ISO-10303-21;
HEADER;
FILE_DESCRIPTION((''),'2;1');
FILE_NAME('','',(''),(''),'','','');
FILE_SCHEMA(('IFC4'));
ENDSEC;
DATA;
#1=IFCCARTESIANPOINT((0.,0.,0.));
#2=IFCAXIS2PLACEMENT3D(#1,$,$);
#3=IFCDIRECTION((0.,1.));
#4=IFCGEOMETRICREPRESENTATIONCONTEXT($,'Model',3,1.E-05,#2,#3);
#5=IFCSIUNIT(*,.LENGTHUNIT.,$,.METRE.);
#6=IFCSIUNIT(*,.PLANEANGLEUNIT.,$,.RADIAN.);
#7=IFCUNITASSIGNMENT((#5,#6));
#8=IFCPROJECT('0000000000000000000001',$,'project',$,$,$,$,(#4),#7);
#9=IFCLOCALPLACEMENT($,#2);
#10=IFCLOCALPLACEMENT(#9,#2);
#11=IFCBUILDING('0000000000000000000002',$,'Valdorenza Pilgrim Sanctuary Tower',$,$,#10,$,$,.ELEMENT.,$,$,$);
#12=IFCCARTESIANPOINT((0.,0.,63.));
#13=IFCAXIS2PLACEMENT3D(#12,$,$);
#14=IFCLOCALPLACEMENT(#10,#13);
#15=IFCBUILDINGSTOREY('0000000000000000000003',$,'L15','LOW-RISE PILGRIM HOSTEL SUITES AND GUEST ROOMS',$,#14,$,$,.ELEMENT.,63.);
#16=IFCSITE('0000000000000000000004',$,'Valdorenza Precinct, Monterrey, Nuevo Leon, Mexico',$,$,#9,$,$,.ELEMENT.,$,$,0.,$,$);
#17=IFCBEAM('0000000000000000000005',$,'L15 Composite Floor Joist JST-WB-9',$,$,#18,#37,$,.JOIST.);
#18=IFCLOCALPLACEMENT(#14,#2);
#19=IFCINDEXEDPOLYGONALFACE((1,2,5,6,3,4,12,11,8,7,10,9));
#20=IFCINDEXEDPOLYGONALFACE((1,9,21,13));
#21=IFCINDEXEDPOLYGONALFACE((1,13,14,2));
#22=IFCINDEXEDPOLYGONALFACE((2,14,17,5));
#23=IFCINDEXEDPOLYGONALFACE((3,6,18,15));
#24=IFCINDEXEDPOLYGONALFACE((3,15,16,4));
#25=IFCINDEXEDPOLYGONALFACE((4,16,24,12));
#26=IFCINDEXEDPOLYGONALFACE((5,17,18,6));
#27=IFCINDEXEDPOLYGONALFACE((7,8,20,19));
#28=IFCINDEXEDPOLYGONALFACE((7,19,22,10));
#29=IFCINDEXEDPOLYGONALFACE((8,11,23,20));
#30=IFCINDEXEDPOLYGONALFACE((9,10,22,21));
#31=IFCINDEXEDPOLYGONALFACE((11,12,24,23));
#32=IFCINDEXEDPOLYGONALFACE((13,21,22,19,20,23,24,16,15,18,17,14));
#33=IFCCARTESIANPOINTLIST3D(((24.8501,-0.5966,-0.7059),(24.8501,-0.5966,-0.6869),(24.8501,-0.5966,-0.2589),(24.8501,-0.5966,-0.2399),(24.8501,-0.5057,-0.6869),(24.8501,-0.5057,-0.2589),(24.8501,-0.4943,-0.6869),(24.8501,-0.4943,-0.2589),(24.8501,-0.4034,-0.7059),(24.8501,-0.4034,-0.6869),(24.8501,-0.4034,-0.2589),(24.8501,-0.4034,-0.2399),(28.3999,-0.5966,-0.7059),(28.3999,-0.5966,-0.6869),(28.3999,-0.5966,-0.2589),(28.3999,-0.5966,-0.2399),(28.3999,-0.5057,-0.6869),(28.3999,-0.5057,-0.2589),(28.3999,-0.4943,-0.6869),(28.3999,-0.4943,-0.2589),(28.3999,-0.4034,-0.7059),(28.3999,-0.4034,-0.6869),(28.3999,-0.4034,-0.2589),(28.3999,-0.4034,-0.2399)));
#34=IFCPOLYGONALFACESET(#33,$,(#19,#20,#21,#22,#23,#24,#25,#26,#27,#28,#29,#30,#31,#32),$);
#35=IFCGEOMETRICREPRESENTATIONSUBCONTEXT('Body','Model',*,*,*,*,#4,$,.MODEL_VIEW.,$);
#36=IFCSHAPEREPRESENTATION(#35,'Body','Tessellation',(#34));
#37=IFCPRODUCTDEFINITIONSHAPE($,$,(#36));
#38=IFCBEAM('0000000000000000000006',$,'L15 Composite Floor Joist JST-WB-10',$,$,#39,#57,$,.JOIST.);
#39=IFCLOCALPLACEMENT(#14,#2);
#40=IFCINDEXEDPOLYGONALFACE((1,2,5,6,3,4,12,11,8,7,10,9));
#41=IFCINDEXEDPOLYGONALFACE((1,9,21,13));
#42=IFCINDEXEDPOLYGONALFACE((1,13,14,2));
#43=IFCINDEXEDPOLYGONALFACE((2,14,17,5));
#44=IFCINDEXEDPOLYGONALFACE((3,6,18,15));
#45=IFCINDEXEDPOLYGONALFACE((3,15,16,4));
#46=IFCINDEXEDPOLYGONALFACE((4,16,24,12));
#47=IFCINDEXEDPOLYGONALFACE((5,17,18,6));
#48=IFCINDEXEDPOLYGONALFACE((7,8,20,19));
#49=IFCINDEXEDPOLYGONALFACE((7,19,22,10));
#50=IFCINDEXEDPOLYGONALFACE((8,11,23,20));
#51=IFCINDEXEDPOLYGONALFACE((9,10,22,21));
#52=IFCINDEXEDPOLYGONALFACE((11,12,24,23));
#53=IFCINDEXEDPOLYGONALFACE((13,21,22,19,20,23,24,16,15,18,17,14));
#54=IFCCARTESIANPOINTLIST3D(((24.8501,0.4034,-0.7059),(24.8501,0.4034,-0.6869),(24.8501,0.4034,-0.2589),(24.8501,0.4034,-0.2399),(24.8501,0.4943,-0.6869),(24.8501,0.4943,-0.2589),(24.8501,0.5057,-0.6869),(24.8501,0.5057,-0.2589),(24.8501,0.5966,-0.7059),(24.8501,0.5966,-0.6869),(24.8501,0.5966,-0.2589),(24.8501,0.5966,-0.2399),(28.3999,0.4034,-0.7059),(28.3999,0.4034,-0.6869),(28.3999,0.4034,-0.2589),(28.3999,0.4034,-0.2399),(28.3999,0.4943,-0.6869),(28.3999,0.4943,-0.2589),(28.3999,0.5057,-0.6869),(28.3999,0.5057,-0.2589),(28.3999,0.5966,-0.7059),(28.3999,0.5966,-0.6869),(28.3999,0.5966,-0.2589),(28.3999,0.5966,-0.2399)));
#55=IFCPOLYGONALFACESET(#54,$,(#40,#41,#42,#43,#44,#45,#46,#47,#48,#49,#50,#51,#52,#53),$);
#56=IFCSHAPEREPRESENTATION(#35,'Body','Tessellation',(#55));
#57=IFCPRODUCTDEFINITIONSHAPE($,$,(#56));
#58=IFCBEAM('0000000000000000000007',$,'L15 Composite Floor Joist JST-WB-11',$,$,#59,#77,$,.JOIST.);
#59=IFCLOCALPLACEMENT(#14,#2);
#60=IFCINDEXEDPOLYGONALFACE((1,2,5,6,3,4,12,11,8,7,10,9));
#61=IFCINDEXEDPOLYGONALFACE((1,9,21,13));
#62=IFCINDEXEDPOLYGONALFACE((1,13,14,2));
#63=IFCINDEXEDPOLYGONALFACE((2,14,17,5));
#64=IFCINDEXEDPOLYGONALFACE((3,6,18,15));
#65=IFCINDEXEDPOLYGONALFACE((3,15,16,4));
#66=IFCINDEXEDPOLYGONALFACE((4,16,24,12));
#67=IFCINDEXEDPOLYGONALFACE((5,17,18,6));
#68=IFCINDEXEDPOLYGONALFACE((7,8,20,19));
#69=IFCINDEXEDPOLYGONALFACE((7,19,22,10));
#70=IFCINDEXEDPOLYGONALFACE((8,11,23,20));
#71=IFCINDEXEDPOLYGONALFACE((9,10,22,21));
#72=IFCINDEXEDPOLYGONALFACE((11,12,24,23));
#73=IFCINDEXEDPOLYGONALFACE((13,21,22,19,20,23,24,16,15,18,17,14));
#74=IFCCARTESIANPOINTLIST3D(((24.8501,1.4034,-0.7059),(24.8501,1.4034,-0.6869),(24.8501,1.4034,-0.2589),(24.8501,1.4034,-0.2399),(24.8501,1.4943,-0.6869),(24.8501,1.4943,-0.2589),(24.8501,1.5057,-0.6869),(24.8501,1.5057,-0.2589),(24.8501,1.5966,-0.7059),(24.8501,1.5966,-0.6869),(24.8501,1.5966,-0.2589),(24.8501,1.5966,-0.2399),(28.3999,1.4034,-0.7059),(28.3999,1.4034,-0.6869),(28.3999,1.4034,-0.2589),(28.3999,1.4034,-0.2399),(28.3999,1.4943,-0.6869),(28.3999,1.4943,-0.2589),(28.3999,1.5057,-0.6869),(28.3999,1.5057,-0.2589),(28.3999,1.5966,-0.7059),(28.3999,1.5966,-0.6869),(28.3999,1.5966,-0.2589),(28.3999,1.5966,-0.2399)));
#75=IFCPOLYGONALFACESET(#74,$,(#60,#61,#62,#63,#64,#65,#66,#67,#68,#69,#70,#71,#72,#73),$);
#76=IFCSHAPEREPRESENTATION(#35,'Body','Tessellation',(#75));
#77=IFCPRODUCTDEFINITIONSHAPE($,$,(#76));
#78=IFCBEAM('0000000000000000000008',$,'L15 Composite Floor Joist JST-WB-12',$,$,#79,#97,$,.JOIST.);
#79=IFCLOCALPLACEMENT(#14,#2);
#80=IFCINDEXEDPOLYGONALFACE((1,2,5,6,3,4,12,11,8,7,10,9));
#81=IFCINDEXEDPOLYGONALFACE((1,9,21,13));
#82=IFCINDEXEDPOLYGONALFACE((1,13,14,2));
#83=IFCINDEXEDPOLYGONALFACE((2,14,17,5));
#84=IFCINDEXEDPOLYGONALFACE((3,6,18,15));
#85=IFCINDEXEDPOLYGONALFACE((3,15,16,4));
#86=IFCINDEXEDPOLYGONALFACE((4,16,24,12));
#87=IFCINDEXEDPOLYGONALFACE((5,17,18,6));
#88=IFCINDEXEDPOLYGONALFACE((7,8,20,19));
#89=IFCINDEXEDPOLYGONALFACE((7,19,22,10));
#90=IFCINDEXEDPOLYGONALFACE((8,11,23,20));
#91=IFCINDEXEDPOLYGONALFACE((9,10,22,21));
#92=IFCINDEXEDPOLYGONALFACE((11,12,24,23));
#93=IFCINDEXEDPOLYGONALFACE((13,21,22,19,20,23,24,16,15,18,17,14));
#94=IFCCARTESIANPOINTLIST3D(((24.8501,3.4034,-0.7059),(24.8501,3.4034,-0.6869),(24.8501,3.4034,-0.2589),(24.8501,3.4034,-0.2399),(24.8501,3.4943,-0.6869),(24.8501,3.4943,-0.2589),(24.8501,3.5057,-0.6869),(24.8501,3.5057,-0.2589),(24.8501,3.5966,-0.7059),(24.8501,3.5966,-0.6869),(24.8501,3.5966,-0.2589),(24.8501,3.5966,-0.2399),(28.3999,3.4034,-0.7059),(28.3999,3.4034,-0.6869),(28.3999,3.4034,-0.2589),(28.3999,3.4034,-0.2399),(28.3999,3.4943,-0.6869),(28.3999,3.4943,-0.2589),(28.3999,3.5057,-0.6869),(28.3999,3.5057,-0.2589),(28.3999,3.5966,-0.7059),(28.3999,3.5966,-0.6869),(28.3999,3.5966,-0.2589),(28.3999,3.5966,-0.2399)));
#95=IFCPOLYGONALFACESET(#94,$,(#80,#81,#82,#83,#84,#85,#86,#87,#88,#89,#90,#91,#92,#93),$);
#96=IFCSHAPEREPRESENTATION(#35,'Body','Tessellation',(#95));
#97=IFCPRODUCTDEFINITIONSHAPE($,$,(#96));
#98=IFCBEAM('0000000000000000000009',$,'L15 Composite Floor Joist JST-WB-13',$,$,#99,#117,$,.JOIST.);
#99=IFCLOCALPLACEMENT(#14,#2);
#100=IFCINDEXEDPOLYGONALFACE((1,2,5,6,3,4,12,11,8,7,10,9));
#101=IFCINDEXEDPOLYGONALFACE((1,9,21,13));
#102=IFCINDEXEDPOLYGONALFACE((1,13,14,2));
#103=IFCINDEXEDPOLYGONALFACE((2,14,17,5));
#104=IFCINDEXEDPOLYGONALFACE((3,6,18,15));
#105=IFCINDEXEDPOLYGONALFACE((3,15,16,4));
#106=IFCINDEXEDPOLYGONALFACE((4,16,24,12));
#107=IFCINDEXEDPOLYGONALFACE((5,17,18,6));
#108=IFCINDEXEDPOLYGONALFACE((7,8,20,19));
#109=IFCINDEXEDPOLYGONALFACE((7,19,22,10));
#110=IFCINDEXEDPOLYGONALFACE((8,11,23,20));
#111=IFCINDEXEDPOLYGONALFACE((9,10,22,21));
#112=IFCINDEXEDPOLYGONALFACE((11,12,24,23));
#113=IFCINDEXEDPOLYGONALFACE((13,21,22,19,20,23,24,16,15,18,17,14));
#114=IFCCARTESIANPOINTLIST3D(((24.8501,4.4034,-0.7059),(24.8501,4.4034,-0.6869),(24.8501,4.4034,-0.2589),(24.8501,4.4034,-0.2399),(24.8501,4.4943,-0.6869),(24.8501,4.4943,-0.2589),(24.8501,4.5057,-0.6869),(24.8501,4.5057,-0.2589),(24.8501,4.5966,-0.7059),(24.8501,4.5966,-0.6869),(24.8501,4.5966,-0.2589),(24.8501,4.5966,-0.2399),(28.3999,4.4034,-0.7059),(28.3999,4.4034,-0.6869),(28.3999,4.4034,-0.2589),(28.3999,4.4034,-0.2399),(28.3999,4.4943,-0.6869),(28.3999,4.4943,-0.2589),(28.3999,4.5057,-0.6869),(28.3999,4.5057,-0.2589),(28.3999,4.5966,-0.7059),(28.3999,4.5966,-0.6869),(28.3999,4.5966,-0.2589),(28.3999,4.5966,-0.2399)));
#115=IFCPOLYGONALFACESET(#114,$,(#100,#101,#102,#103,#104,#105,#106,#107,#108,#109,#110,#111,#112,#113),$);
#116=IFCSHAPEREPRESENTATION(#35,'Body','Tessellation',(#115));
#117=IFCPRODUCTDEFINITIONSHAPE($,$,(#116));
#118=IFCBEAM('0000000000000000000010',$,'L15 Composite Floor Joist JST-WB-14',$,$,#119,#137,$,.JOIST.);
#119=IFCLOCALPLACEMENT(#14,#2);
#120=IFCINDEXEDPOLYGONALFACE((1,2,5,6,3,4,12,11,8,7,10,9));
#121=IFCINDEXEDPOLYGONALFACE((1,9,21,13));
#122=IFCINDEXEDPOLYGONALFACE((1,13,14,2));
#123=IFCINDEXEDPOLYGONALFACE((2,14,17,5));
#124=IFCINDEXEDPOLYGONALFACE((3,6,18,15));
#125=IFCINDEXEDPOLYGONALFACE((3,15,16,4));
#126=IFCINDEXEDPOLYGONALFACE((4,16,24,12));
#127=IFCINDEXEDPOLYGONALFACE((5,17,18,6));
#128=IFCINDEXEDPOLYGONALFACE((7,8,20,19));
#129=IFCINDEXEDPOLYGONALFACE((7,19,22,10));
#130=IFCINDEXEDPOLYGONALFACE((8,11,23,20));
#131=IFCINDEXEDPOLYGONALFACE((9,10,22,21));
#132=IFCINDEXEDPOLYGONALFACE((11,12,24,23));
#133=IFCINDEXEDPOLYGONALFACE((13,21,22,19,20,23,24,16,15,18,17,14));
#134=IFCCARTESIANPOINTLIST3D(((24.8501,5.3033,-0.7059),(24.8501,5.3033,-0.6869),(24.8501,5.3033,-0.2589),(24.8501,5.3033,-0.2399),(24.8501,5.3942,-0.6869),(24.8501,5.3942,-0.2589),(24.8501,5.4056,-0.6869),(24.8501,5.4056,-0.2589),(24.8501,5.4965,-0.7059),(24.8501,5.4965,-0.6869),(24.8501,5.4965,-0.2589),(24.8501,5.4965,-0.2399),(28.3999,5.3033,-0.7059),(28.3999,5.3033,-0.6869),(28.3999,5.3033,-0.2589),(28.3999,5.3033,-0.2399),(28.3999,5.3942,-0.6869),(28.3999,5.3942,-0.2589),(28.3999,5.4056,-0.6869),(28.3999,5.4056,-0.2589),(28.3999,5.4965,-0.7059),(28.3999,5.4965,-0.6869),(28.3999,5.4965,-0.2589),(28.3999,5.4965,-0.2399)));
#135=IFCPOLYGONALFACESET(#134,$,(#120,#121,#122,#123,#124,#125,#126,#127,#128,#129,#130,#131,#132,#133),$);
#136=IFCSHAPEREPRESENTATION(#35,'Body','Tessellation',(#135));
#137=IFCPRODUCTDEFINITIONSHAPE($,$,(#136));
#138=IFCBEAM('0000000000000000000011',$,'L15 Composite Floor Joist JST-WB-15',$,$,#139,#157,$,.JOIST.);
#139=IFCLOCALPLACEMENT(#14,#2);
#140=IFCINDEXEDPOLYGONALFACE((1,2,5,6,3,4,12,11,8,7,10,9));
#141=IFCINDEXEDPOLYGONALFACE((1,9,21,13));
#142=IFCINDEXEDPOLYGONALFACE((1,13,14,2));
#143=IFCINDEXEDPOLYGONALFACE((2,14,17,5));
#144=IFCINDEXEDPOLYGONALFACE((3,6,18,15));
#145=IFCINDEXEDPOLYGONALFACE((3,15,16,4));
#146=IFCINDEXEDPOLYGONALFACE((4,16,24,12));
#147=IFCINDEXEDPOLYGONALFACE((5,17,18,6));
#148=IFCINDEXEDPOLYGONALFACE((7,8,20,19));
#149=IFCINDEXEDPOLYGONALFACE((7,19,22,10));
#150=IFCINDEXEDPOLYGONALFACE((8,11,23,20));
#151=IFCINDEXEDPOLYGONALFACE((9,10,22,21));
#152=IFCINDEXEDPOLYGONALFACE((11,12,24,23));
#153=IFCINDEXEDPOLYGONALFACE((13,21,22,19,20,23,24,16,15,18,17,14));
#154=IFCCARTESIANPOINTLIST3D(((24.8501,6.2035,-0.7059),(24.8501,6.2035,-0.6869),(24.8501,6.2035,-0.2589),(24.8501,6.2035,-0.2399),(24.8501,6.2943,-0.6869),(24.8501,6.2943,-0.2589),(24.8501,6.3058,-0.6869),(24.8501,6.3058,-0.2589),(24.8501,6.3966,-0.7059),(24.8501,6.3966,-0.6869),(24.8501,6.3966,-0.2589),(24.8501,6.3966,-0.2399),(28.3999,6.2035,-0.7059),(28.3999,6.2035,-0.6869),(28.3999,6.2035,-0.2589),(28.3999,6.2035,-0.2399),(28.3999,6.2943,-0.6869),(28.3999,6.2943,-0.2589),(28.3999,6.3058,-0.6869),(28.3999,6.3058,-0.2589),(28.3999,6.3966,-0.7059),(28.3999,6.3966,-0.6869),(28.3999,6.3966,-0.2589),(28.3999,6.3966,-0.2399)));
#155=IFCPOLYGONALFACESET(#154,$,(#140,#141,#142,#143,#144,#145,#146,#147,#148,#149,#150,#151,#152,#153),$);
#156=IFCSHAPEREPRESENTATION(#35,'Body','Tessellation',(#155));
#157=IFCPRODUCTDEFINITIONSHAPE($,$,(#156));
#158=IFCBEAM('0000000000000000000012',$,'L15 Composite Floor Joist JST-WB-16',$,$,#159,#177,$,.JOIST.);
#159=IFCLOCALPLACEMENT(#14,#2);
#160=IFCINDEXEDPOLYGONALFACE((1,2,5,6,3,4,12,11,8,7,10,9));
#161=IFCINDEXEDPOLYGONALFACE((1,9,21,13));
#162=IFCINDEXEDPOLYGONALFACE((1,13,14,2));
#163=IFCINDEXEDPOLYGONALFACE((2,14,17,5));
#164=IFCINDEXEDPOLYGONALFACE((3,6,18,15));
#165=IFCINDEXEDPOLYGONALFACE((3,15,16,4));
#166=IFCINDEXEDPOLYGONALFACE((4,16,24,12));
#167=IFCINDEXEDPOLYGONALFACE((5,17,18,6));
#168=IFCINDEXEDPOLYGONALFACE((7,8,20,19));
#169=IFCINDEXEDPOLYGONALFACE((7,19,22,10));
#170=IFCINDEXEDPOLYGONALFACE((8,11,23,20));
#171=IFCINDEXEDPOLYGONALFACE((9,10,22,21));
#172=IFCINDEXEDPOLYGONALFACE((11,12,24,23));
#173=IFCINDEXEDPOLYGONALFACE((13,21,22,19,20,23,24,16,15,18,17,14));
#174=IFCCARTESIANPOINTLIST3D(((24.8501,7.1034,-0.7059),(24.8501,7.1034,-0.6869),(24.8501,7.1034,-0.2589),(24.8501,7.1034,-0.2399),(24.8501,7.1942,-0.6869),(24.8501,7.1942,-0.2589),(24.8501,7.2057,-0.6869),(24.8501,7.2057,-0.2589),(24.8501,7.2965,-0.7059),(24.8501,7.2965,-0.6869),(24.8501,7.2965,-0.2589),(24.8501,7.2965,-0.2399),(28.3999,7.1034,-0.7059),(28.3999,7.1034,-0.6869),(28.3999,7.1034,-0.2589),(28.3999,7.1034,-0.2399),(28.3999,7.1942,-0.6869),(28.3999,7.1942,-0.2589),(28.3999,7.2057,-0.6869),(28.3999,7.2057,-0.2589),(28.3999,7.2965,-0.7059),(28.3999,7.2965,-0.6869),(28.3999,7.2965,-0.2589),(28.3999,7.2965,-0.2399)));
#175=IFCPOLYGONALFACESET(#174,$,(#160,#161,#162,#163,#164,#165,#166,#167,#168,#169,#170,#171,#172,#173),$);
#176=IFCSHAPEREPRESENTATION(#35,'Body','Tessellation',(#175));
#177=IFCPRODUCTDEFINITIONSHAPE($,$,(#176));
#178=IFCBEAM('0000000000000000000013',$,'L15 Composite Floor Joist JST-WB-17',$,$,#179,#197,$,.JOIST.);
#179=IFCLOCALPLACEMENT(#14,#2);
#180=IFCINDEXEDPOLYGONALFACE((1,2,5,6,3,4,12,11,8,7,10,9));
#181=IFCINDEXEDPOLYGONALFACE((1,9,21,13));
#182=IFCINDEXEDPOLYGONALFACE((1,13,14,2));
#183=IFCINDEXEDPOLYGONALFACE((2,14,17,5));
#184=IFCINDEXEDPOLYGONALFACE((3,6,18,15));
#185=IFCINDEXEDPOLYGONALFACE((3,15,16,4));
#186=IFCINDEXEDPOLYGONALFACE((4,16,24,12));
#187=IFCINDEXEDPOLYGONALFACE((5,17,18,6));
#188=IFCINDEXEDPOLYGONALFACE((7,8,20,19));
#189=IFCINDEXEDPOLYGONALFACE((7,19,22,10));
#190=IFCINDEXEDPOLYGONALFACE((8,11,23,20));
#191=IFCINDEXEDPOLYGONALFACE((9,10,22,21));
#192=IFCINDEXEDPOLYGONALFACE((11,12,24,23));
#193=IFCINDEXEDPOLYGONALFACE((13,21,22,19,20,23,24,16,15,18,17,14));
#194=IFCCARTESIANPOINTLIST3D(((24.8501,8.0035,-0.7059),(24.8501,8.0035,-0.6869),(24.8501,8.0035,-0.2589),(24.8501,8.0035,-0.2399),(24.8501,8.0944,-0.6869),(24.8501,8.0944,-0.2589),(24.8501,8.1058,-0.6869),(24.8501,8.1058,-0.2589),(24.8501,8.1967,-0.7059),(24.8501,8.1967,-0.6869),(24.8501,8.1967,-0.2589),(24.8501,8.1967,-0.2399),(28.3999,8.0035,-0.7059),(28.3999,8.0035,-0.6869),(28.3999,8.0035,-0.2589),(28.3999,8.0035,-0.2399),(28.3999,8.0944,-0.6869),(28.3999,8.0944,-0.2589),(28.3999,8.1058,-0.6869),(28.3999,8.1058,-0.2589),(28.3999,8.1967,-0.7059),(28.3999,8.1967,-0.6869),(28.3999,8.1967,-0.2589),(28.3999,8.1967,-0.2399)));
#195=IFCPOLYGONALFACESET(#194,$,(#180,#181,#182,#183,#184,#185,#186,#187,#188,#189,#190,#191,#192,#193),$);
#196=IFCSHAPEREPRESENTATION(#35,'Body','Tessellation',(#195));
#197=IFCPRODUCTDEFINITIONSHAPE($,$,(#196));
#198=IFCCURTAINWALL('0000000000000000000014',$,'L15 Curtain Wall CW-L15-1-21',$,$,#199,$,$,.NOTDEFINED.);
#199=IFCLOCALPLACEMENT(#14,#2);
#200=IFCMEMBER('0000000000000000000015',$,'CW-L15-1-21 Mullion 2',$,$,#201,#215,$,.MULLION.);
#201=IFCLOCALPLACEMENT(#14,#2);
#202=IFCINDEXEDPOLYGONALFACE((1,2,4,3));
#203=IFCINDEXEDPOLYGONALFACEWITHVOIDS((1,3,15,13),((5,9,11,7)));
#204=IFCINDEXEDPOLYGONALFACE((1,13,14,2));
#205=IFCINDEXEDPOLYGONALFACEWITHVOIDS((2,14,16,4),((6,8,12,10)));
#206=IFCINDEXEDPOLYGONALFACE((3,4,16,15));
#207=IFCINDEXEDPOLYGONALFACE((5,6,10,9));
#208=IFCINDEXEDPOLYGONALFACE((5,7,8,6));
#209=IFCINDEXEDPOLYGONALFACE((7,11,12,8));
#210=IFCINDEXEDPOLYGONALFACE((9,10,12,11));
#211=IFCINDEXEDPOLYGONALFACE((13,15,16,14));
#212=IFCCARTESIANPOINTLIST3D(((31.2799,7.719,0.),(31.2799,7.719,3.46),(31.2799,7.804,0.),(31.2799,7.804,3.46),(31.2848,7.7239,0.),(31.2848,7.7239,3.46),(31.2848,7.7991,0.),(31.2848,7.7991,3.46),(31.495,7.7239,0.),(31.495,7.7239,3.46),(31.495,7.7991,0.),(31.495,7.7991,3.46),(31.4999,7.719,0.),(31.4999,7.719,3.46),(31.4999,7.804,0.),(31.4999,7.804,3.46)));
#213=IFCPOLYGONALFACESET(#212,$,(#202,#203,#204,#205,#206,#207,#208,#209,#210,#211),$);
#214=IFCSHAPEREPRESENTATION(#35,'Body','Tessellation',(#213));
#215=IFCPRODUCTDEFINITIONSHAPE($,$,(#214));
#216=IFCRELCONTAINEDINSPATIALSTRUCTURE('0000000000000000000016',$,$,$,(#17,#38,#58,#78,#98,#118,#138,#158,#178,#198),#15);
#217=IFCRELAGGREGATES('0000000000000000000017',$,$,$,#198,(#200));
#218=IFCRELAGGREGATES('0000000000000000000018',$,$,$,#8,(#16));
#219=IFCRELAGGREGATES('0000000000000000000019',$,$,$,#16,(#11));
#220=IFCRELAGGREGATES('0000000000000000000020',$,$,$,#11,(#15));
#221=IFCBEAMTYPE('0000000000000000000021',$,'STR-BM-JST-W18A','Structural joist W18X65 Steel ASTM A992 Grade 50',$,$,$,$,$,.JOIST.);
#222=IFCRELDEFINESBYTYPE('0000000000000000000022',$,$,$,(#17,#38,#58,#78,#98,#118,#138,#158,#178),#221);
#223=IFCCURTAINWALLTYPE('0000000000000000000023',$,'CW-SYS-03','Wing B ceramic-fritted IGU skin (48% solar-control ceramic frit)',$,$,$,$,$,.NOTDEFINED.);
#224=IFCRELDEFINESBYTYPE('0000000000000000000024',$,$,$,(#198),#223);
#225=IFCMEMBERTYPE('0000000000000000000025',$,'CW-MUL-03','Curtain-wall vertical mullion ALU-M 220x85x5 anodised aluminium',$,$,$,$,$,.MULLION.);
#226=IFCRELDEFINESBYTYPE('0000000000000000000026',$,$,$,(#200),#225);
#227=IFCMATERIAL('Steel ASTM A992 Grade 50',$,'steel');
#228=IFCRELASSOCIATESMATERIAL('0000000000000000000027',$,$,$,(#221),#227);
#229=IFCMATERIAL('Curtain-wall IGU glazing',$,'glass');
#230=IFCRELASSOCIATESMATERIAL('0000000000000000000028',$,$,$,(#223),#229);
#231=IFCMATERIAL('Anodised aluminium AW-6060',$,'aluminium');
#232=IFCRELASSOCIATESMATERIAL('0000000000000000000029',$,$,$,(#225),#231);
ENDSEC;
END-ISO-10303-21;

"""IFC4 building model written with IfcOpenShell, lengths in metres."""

from ifc_helpers import new_model, si_unit, direction, frame, origin, origin_2d, place, context, subcontext, project, spatial, hollow_rectangle, i_section, extrude, source, transform, mapped, material, material_profile, profile_set, type_object, element, aggregate, save


model = new_model("IFC4")

# Units and contexts
model_context = context("Model", 3, precision=1e-05, world=origin(), true_north=direction((0.0, 1.0)))
body_context = subcontext(model_context, "Body", "Model", "MODEL_VIEW")
ifc_project = project(units=[si_unit("LENGTHUNIT", "METRE"), si_unit("PLANEANGLEUNIT", "RADIAN")], contexts=[model_context])

# Site, building, storey
site_placement = place(None, origin())
site = spatial("IfcSite", under=ifc_project, at=site_placement, Name="Valdorenza Precinct, Monterrey, Nuevo Leon, Mexico", CompositionType="ELEMENT", RefElevation=0.0)
building_placement = place(site_placement, origin())
building = spatial("IfcBuilding", under=site, at=building_placement, Name="Valdorenza Pilgrim Sanctuary Tower", CompositionType="ELEMENT")
storey_placement = place(building_placement, frame((0.0, 0.0, 63.0)))
storey = spatial("IfcBuildingStorey", under=building, at=storey_placement, Name="L15", Description="LOW-RISE PILGRIM HOSTEL SUITES AND GUEST ROOMS", CompositionType="ELEMENT", Elevation=63.0)

# Beams
ifc_material_1 = material(Name="Steel ASTM A992 Grade 50", Category="steel")
ifc_material_profile_1 = material_profile(ifc_material_1, i_section(OverallWidth=0.1931, OverallDepth=0.4661, WebThickness=0.0115, FlangeThickness=0.019, at=origin_2d()), Name="W18X65")
ifc_profile_set_1 = profile_set([ifc_material_profile_1], Name="Steel ASTM A992 Grade 50")
beam_type = type_object("IfcBeamType", Name="STR-BM-JST-W18A", Description="Structural joist W18X65 Steel ASTM A992 Grade 50", PredefinedType="JOIST", material=ifc_profile_set_1)
shared_shape_1 = source(origin(), body_context, "Body", "SweptSolid", [
    extrude(i_section(OverallWidth=0.1931, OverallDepth=0.4661, WebThickness=0.0115, FlangeThickness=0.019, at=origin_2d()), origin(), (0.0, 0.0, 1.0), 3.5498),
])
for number, where, z_axis, x_axis, name in (
    (1, (24.8501, -0.5, -0.4729), (1.0, 0.0, 0.0), (0.0, 1.0, 0.0), "L15 Composite Floor Joist JST-WB-9"),
    (2, (24.8501, 0.5, -0.4729), (1.0, 0.0, 0.0), (0.0, 1.0, 0.0), "L15 Composite Floor Joist JST-WB-10"),
    (3, (24.8501, 1.5, -0.4729), (1.0, 0.0, 0.0), (0.0, 1.0, 0.0), "L15 Composite Floor Joist JST-WB-11"),
    (4, (24.8501, 3.5, -0.4729), (1.0, 0.0, 0.0), (0.0, 1.0, 0.0), "L15 Composite Floor Joist JST-WB-12"),
    (5, (24.8501, 4.5, -0.4729), (1.0, 0.0, 0.0), (0.0, 1.0, 0.0), "L15 Composite Floor Joist JST-WB-13"),
    (6, (24.8501, 5.3999, -0.4729), (1.0, 0.0, 0.0), (0.0, 1.0, 0.0), "L15 Composite Floor Joist JST-WB-14"),
    (7, (24.8501, 6.3, -0.4729), (1.0, 0.0, 0.0), (0.0, 1.0, 0.0), "L15 Composite Floor Joist JST-WB-15"),
    (8, (24.8501, 7.2, -0.4729), (1.0, 0.0, 0.0), (0.0, 1.0, 0.0), "L15 Composite Floor Joist JST-WB-16"),
    (9, (24.8501, 8.1001, -0.4729), (1.0, 0.0, 0.0), (0.0, 1.0, 0.0), "L15 Composite Floor Joist JST-WB-17"),
):
    element("IfcBeam", number, at=place(storey_placement, frame(where, z_axis=z_axis, x_axis=x_axis)), inside=storey, type_object=beam_type, Name=name, PredefinedType="JOIST", context=body_context, shape_type="MappedRepresentation", body=[
        mapped(shared_shape_1, transform((0.0, 0.0, 0.0), x_axis=(1.0, 0.0, 0.0), y_axis=(0.0, 1.0, 0.0), z_axis=(0.0, 0.0, 1.0), scale=1.0)),
    ])

# Curtain wall, member
ifc_material_2 = material(Name="Curtain-wall IGU glazing", Category="glass")
curtain_wall_type = type_object("IfcCurtainWallType", Name="CW-SYS-03", Description="Wing B ceramic-fritted IGU skin (48% solar-control ceramic frit)", PredefinedType="NOTDEFINED", material=ifc_material_2)
curtain_wall_placement = place(storey_placement, origin())
curtain_wall = element("IfcCurtainWall", 10, at=curtain_wall_placement, inside=storey, type_object=curtain_wall_type, Name="L15 Curtain Wall CW-L15-1-21", PredefinedType="NOTDEFINED")
ifc_material_3 = material(Name="Anodised aluminium AW-6060", Category="aluminium")
ifc_material_profile_2 = material_profile(ifc_material_3, hollow_rectangle(XDim=0.085, YDim=0.22, WallThickness=0.0049, at=origin_2d()), Name="ALU-M 220x85x5")
ifc_profile_set_2 = profile_set([ifc_material_profile_2], Name="Anodised aluminium AW-6060")
member_type = type_object("IfcMemberType", Name="CW-MUL-03", Description="Curtain-wall vertical mullion ALU-M 220x85x5 anodised aluminium", PredefinedType="MULLION", material=ifc_profile_set_2)
shared_shape_2 = source(origin(), body_context, "Body", "SweptSolid", [
    extrude(hollow_rectangle(XDim=0.085, YDim=0.22, WallThickness=0.0049, at=origin_2d()), origin(), (0.0, 0.0, 1.0), 3.46),
])
member_1_placement = place(storey_placement, frame((31.3899, 7.7615, 0.0), z_axis=(0.0, 0.0, 1.0), x_axis=(0.0, -1.0, 0.0)))
member_1 = element("IfcMember", 11, at=member_1_placement, type_object=member_type, Name="CW-L15-1-21 Mullion 2", PredefinedType="MULLION", context=body_context, shape_type="MappedRepresentation", body=[
    mapped(shared_shape_2, transform((0.0, 0.0, 0.0), x_axis=(1.0, 0.0, 0.0), y_axis=(0.0, 1.0, 0.0), z_axis=(0.0, 0.0, 1.0), scale=1.0)),
])
aggregate(curtain_wall, [member_1])

save(model, "model.ifc")
